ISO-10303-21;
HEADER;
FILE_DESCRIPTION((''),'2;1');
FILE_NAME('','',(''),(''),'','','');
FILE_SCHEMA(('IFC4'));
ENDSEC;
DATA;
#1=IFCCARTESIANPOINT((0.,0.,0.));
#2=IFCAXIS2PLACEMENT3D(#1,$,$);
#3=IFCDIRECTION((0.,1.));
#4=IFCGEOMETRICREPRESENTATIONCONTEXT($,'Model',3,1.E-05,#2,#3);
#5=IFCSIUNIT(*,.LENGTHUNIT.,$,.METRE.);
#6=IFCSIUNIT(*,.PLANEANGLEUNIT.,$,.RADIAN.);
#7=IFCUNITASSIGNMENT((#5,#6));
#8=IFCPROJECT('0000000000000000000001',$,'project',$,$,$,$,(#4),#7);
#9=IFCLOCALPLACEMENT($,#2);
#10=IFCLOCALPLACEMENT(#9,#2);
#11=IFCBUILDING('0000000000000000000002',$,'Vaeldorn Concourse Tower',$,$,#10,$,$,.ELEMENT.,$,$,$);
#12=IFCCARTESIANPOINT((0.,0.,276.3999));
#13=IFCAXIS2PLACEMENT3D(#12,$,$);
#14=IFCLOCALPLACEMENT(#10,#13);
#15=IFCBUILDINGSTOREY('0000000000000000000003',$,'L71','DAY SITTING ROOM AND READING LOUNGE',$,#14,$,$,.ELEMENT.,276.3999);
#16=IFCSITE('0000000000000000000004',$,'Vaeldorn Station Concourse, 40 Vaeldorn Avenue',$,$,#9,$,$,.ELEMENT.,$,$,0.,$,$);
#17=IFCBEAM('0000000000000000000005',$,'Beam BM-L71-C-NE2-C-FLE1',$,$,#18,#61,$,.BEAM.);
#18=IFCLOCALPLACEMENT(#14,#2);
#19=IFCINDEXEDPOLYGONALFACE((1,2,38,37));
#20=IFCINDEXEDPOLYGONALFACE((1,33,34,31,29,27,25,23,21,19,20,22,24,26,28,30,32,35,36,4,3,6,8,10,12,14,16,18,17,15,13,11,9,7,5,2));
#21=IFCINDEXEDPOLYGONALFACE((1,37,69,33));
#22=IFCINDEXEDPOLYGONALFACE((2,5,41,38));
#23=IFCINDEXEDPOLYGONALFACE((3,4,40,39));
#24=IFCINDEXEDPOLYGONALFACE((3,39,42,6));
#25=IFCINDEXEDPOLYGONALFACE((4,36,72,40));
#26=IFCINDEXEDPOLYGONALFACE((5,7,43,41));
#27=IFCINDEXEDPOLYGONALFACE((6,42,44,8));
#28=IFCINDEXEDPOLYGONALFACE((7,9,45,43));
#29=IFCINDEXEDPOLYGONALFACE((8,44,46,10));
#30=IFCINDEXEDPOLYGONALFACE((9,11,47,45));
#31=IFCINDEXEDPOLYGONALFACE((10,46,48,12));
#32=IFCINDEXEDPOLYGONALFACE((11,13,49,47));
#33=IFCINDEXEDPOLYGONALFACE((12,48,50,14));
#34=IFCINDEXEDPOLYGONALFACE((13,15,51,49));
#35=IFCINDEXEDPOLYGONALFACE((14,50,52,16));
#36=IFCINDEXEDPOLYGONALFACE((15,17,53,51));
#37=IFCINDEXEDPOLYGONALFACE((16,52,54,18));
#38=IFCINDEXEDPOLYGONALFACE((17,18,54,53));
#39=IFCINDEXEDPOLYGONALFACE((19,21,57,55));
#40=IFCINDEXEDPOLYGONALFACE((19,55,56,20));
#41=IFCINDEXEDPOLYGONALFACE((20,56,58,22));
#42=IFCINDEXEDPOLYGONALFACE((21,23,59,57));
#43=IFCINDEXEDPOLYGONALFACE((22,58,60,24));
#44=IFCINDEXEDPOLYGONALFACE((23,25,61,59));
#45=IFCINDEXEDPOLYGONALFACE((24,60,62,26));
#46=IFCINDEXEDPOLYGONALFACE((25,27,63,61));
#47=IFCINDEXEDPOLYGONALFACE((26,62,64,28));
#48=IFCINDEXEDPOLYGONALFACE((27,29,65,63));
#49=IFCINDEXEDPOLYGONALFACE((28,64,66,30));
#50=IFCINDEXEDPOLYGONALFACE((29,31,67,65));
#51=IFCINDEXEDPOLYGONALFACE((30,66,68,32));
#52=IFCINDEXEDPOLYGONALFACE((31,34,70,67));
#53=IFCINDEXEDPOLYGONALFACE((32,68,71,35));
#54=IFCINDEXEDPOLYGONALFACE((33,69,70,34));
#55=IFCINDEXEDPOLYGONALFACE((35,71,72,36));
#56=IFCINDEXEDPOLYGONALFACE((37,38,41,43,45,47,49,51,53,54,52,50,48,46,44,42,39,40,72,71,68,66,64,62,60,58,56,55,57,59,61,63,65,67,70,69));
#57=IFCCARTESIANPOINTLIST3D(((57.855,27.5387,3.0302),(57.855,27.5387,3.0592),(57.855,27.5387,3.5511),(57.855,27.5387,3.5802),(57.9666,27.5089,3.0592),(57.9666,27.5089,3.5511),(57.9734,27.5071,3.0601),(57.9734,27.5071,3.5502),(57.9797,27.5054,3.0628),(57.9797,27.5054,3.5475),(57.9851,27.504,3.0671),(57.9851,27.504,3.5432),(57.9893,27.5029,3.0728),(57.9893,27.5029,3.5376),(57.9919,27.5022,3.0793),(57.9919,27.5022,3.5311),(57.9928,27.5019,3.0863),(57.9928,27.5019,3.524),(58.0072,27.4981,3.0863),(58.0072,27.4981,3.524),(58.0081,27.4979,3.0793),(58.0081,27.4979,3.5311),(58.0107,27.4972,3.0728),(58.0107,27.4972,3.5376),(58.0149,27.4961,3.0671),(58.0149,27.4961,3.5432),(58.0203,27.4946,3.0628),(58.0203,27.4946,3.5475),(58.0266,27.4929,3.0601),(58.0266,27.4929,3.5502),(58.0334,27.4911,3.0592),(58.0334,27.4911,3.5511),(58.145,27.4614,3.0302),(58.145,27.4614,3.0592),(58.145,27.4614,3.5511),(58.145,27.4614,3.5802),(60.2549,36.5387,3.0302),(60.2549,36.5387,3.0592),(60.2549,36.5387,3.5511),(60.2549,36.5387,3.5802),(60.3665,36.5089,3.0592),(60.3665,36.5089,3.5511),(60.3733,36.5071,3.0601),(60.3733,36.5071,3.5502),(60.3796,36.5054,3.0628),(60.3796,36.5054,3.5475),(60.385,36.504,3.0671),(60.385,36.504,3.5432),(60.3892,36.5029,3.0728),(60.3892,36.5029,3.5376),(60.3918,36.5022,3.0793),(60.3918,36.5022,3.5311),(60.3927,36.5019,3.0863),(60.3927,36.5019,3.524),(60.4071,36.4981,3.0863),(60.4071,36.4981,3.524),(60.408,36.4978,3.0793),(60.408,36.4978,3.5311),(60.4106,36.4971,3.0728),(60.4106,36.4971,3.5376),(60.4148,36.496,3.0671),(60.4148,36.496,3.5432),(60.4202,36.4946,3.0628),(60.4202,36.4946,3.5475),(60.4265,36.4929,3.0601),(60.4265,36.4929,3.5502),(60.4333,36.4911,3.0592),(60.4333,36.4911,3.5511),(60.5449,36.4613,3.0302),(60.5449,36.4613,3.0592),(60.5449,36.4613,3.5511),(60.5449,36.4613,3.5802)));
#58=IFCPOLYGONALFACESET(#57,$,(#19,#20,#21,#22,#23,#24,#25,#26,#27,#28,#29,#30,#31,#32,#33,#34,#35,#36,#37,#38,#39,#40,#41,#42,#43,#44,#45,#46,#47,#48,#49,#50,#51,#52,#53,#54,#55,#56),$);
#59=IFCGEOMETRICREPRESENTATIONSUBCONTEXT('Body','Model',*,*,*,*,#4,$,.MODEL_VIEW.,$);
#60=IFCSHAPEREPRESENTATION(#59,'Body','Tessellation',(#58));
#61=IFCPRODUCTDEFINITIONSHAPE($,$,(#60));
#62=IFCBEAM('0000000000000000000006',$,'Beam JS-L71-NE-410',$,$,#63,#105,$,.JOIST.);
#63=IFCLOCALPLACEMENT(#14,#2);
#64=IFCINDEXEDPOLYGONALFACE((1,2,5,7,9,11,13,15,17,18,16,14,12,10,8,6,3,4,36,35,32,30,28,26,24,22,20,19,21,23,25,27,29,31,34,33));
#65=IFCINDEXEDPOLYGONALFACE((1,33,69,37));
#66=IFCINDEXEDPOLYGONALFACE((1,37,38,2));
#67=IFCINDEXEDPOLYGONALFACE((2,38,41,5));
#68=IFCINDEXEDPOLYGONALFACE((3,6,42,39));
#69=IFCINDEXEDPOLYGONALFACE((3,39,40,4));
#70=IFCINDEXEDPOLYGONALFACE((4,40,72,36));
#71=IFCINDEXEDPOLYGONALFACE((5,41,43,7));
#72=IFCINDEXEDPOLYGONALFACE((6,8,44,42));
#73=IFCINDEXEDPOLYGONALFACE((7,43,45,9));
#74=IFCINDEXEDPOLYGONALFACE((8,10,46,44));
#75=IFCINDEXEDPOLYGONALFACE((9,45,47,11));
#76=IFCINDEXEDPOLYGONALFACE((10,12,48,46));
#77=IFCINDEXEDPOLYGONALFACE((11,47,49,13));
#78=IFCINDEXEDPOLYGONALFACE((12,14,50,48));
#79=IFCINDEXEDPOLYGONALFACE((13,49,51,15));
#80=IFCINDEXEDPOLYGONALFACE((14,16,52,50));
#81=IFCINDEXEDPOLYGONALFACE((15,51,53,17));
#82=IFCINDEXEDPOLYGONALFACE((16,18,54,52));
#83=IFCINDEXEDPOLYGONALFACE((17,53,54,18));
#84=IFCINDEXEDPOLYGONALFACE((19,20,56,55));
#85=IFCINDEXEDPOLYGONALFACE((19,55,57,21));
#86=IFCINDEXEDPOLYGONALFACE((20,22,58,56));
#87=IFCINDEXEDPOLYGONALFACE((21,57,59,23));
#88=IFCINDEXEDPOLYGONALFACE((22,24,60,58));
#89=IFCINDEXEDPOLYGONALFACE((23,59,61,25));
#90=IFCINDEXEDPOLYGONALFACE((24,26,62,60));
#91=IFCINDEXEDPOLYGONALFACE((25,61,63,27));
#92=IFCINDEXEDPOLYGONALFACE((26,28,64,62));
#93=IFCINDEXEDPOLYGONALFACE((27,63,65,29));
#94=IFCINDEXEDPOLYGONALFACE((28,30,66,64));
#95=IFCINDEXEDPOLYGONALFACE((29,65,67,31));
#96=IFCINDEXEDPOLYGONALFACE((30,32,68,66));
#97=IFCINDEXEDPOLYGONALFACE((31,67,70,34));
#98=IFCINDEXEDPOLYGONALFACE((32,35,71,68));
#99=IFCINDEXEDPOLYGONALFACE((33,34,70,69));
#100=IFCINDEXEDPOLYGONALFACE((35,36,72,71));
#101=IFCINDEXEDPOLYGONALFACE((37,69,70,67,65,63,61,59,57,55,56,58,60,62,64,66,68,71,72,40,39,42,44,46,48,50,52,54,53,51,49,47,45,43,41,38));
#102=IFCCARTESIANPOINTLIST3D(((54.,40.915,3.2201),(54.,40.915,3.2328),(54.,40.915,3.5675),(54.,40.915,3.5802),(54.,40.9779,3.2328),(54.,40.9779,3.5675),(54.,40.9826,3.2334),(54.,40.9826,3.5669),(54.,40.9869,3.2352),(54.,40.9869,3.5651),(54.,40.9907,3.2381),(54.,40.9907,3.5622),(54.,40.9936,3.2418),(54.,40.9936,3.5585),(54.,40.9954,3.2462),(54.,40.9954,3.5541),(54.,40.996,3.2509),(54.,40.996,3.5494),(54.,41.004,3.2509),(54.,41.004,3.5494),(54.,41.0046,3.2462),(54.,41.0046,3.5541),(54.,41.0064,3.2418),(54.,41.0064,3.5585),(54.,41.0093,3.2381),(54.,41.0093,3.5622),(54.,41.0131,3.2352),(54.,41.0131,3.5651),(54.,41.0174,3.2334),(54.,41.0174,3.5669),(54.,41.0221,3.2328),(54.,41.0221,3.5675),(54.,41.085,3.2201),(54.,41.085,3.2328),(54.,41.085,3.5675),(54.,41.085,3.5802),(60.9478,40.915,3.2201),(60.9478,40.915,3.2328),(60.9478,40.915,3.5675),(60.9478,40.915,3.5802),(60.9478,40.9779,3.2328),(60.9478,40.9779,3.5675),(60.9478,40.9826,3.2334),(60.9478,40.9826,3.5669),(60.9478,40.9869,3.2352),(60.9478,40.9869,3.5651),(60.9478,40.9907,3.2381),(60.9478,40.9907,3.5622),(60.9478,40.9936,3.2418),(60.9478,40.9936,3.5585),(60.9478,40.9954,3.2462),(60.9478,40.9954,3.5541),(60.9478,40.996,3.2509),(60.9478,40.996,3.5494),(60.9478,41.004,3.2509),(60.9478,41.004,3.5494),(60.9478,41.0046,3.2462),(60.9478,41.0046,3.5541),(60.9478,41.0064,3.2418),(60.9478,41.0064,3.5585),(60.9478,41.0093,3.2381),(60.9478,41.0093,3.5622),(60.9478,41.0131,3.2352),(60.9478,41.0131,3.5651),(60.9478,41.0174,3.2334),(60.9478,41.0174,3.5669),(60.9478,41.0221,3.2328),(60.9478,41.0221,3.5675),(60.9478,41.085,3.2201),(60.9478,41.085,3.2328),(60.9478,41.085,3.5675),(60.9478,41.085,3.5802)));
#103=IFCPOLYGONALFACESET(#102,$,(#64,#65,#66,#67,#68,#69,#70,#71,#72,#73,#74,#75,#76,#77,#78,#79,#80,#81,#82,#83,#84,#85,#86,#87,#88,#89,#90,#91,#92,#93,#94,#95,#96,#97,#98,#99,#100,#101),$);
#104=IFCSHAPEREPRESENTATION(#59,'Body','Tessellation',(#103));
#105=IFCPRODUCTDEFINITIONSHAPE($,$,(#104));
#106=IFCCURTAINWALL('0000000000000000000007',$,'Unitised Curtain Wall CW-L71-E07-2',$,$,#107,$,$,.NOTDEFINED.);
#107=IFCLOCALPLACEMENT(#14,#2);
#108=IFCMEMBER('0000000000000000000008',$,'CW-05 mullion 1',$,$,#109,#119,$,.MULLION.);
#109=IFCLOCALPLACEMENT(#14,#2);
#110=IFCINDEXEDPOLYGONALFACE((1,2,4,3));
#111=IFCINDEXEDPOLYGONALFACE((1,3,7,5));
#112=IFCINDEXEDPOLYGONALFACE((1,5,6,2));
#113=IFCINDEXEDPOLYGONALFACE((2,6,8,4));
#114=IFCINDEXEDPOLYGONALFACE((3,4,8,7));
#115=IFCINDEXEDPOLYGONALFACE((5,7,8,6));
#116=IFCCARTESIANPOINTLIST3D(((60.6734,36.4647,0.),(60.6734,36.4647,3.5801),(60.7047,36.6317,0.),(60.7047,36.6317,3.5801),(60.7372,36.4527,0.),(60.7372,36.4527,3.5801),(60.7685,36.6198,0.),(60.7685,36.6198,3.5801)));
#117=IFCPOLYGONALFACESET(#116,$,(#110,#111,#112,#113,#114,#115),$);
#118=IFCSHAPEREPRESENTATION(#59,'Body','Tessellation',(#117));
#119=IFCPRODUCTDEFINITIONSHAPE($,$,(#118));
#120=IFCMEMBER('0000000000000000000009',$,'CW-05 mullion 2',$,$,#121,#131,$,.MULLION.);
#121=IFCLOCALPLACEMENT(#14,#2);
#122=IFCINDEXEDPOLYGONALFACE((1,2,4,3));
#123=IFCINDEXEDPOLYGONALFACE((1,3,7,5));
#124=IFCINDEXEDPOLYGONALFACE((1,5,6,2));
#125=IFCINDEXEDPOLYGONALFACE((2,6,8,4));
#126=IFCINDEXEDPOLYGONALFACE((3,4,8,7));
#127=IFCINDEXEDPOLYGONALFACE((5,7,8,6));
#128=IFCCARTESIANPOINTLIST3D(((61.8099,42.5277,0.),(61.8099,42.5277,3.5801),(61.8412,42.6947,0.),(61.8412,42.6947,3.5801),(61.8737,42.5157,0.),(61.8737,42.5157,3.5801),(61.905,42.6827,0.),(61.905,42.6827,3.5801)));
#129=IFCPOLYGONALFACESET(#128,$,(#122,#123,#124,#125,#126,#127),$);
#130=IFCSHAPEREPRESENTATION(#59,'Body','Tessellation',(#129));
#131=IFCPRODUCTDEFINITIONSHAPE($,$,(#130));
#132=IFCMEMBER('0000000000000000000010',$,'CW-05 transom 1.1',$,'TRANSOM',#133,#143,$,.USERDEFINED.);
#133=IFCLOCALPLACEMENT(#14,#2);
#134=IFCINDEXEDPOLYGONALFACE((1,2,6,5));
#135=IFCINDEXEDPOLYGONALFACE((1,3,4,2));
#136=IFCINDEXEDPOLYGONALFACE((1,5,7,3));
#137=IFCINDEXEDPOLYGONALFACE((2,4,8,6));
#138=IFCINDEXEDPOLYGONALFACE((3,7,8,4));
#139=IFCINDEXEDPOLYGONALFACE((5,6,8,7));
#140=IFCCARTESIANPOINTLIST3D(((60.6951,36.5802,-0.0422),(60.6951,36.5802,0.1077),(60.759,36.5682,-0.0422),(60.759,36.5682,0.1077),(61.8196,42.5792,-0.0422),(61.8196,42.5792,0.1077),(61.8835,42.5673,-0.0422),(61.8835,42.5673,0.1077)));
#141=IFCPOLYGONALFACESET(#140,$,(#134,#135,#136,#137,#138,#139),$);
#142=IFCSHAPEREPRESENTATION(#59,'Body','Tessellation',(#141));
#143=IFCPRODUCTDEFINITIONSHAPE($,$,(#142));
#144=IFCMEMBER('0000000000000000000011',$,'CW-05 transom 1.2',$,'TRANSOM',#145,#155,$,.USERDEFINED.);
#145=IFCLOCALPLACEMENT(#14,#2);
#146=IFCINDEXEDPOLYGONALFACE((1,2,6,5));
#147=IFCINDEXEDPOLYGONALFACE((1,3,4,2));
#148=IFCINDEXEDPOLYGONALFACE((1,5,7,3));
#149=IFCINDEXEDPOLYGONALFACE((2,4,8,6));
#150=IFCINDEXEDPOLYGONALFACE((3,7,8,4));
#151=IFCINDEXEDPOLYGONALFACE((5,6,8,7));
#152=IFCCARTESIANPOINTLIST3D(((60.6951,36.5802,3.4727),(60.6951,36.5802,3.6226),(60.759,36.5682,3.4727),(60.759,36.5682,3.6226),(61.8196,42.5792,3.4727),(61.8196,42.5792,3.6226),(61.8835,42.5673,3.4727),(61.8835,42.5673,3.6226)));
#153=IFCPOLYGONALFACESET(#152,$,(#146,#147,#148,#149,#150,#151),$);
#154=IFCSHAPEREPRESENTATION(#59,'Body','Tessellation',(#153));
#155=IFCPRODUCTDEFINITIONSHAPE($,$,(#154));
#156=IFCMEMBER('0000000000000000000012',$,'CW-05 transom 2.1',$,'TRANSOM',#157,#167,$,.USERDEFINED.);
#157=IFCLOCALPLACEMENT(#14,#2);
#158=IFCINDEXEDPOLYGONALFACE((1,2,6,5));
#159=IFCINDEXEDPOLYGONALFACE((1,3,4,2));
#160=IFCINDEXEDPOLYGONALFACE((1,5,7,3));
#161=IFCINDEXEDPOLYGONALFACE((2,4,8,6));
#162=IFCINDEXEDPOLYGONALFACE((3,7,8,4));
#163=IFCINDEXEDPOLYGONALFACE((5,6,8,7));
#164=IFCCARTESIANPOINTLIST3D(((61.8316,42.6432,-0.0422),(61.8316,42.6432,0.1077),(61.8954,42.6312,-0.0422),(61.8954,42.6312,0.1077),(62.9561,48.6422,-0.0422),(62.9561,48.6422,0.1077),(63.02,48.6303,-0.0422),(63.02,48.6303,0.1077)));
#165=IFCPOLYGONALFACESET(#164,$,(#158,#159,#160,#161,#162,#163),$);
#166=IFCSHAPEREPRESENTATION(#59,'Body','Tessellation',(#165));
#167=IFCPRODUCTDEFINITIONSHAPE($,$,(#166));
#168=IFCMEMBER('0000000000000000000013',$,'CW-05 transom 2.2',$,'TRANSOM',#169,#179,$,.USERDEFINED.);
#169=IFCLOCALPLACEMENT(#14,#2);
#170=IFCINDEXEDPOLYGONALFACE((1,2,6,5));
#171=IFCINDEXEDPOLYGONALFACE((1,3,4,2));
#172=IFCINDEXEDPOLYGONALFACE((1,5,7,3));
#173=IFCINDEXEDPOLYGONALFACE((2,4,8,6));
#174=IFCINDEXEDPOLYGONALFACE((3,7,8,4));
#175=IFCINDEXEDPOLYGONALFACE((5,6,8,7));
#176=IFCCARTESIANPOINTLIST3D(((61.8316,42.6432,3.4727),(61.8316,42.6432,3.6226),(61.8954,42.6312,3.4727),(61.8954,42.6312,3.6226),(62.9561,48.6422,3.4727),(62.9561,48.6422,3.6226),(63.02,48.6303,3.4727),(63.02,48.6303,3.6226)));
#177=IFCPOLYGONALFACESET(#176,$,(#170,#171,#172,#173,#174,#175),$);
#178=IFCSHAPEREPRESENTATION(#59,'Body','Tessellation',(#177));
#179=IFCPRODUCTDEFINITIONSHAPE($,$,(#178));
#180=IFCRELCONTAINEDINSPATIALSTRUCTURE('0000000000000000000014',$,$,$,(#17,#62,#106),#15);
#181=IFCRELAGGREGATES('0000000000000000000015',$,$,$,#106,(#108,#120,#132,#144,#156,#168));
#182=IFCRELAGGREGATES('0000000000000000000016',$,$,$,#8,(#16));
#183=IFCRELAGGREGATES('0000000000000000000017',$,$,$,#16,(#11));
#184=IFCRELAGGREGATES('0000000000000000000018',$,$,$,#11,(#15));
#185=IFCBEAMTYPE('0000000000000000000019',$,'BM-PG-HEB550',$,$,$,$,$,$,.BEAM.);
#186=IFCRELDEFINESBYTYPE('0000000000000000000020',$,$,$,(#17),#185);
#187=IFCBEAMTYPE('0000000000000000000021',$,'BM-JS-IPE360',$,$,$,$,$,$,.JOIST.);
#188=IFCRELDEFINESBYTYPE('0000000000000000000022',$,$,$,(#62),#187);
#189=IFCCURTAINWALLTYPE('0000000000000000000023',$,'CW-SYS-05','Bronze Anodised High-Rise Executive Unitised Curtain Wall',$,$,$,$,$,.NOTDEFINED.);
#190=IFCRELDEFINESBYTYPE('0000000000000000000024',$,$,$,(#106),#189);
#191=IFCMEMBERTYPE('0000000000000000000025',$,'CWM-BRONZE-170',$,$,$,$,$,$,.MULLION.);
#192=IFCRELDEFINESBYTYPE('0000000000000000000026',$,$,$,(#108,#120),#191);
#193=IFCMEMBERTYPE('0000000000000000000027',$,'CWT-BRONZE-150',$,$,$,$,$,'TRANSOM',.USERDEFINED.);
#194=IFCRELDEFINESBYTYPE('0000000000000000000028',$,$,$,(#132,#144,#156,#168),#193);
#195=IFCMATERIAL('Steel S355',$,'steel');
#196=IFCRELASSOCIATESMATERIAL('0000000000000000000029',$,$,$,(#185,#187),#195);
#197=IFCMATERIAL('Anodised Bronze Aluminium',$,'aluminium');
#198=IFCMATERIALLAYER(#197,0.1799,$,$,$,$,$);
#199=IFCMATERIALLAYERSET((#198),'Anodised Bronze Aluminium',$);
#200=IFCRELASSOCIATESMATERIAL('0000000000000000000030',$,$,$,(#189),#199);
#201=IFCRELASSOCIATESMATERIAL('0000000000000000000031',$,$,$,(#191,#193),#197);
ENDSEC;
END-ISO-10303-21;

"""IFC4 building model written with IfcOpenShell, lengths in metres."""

from ifc_helpers import new_model, si_unit, direction, frame, origin, origin_2d, place, context, subcontext, project, spatial, rectangle, i_section, extrude, source, transform, mapped, material, layer, layer_set, material_profile, profile_set, type_object, element, aggregate, save


model = new_model("IFC4")

# Units and contexts
model_context = context("Model", 3, precision=1e-05, world=origin(), true_north=direction((0.0, 1.0)))
body_context = subcontext(model_context, "Body", "Model", "MODEL_VIEW")
ifc_project = project(units=[si_unit("LENGTHUNIT", "METRE"), si_unit("PLANEANGLEUNIT", "RADIAN")], contexts=[model_context])

# Site, building, storey
site_placement = place(None, origin())
site = spatial("IfcSite", under=ifc_project, at=site_placement, Name="Vaeldorn Station Concourse, 40 Vaeldorn Avenue", CompositionType="ELEMENT", RefElevation=0.0)
building_placement = place(site_placement, origin())
building = spatial("IfcBuilding", under=site, at=building_placement, Name="Vaeldorn Concourse Tower", CompositionType="ELEMENT")
storey_placement = place(building_placement, frame((0.0, 0.0, 276.3999)))
storey = spatial("IfcBuildingStorey", under=building, at=storey_placement, Name="L71", Description="DAY SITTING ROOM AND READING LOUNGE", CompositionType="ELEMENT", Elevation=276.3999)

# Shared definitions
ifc_material_1 = material(Name="Steel S355", Category="steel")

# Beams
ifc_material_profile_1 = material_profile(ifc_material_1, i_section(OverallWidth=0.3, OverallDepth=0.55, WebThickness=0.0149, FlangeThickness=0.0291, FilletRadius=0.0271, at=origin_2d()), Name="HEB 550")
ifc_profile_set_1 = profile_set([ifc_material_profile_1], Name="Steel S355")
beam_type_1 = type_object("IfcBeamType", Name="BM-PG-HEB550", PredefinedType="BEAM", material=ifc_profile_set_1)
shared_shape_1 = source(origin(), body_context, "Body", "SweptSolid", [
    extrude(i_section(OverallWidth=0.3, OverallDepth=0.55, WebThickness=0.0149, FlangeThickness=0.0291, FilletRadius=0.0271, at=origin_2d()), origin(), (0.0, 0.0, 1.0), 9.3145),
])
beam_1_placement = place(storey_placement, frame((60.3999, 36.5, 3.3052), z_axis=(-0.257653, -0.966238, 0.0), x_axis=(0.966238, -0.257653, 0.0)))
element("IfcBeam", 1, at=beam_1_placement, inside=storey, type_object=beam_type_1, Name="Beam BM-L71-C-NE2-C-FLE1", PredefinedType="BEAM", context=body_context, shape_type="MappedRepresentation", body=[
    mapped(shared_shape_1, transform((0.0, 0.0, 0.0), scale=1.0)),
])
ifc_material_profile_2 = material_profile(ifc_material_1, i_section(OverallWidth=0.1699, OverallDepth=0.3601, WebThickness=0.0081, FlangeThickness=0.0127, FilletRadius=0.0181, at=origin_2d()), Name="IPE 360")
ifc_profile_set_2 = profile_set([ifc_material_profile_2], Name="Steel S355")
beam_type_2 = type_object("IfcBeamType", Name="BM-JS-IPE360", PredefinedType="JOIST", material=ifc_profile_set_2)
shared_shape_2 = source(origin(), body_context, "Body", "SweptSolid", [
    extrude(i_section(OverallWidth=0.1699, OverallDepth=0.3601, WebThickness=0.0081, FlangeThickness=0.0127, FilletRadius=0.0181, at=origin_2d()), origin(), (0.0, 0.0, 1.0), 6.9478),
])
beam_2_placement = place(storey_placement, frame((54.0, 41.0, 3.4001), z_axis=(1.0, 0.0, 0.0), x_axis=(0.0, 1.0, 0.0)))
element("IfcBeam", 2, at=beam_2_placement, inside=storey, type_object=beam_type_2, Name="Beam JS-L71-NE-410", PredefinedType="JOIST", context=body_context, shape_type="MappedRepresentation", body=[
    mapped(shared_shape_2, transform((0.0, 0.0, 0.0), scale=1.0)),
])

# Curtain wall, members
ifc_material_2 = material(Name="Anodised Bronze Aluminium", Category="aluminium")
ifc_layer_1 = layer(ifc_material_2, 0.1799)
ifc_layer_set_1 = layer_set([ifc_layer_1], Name="Anodised Bronze Aluminium")
curtain_wall_type = type_object("IfcCurtainWallType", Name="CW-SYS-05", Description="Bronze Anodised High-Rise Executive Unitised Curtain Wall", PredefinedType="NOTDEFINED", material=ifc_layer_set_1)
curtain_wall_placement = place(storey_placement, origin())
curtain_wall = element("IfcCurtainWall", 3, at=curtain_wall_placement, inside=storey, type_object=curtain_wall_type, Name="Unitised Curtain Wall CW-L71-E07-2", PredefinedType="NOTDEFINED")
ifc_material_profile_3 = material_profile(ifc_material_2, rectangle(XDim=0.0649, YDim=0.1699, at=origin_2d()), Name="CWM 65x170")
ifc_profile_set_3 = profile_set([ifc_material_profile_3], Name="Anodised Bronze Aluminium")
member_type_1 = type_object("IfcMemberType", Name="CWM-BRONZE-170", PredefinedType="MULLION", material=ifc_profile_set_3)
shared_shape_3 = source(origin(), body_context, "Body", "SweptSolid", [
    extrude(rectangle(XDim=0.0649, YDim=0.1699, at=origin_2d()), origin(), (0.0, 0.0, 1.0), 3.5801),
])
member_1_placement = place(storey_placement, frame((60.7209, 36.5422, 0.0), z_axis=(0.0, 0.0, 1.0), x_axis=(-0.98288, 0.184246, 0.0)))
member_1 = element("IfcMember", 4, at=member_1_placement, type_object=member_type_1, Name="CW-05 mullion 1", PredefinedType="MULLION", context=body_context, shape_type="MappedRepresentation", body=[
    mapped(shared_shape_3, transform((0.0, 0.0, 0.0), scale=1.0)),
])
member_2_placement = place(storey_placement, frame((61.8574, 42.6052, 0.0), z_axis=(0.0, 0.0, 1.0), x_axis=(-0.98288, 0.184246, 0.0)))
member_2 = element("IfcMember", 5, at=member_2_placement, type_object=member_type_1, Name="CW-05 mullion 2", PredefinedType="MULLION", context=body_context, shape_type="MappedRepresentation", body=[
    mapped(shared_shape_3, transform((0.0, 0.0, 0.0), scale=1.0)),
])
ifc_material_profile_4 = material_profile(ifc_material_2, rectangle(XDim=0.0649, YDim=0.1499, at=origin_2d()), Name="CWT 65x150")
ifc_profile_set_4 = profile_set([ifc_material_profile_4], Name="Anodised Bronze Aluminium")
member_type_2 = type_object("IfcMemberType", Name="CWT-BRONZE-150", ElementType="TRANSOM", PredefinedType="USERDEFINED", material=ifc_profile_set_4)
shared_shape_4 = source(origin(), body_context, "Body", "SweptSolid", [
    extrude(rectangle(XDim=0.0649, YDim=0.1499, at=origin_2d()), origin(), (0.0, 0.0, 1.0), 6.1035),
])
member_3_placement = place(storey_placement, frame((60.7271, 36.5742, 0.0327), z_axis=(0.18424, 0.982881, 0.0), x_axis=(-0.982881, 0.18424, 0.0)))
member_3 = element("IfcMember", 6, at=member_3_placement, type_object=member_type_2, Name="CW-05 transom 1.1", ObjectType="TRANSOM", PredefinedType="USERDEFINED", context=body_context, shape_type="MappedRepresentation", body=[
    mapped(shared_shape_4, transform((0.0, 0.0, 0.0), scale=1.0)),
])
member_4_placement = place(storey_placement, frame((60.7271, 36.5742, 3.5476), z_axis=(0.18424, 0.982881, 0.0), x_axis=(-0.982881, 0.18424, 0.0)))
member_4 = element("IfcMember", 7, at=member_4_placement, type_object=member_type_2, Name="CW-05 transom 1.2", ObjectType="TRANSOM", PredefinedType="USERDEFINED", context=body_context, shape_type="MappedRepresentation", body=[
    mapped(shared_shape_4, transform((0.0, 0.0, 0.0), scale=1.0)),
])
member_5_placement = place(storey_placement, frame((61.8635, 42.6372, 0.0327), z_axis=(0.18424, 0.982881, 0.0), x_axis=(-0.982881, 0.18424, 0.0)))
member_5 = element("IfcMember", 8, at=member_5_placement, type_object=member_type_2, Name="CW-05 transom 2.1", ObjectType="TRANSOM", PredefinedType="USERDEFINED", context=body_context, shape_type="MappedRepresentation", body=[
    mapped(shared_shape_4, transform((0.0, 0.0, 0.0), scale=1.0)),
])
member_6_placement = place(storey_placement, frame((61.8635, 42.6372, 3.5476), z_axis=(0.18424, 0.982881, 0.0), x_axis=(-0.982881, 0.18424, 0.0)))
member_6 = element("IfcMember", 9, at=member_6_placement, type_object=member_type_2, Name="CW-05 transom 2.2", ObjectType="TRANSOM", PredefinedType="USERDEFINED", context=body_context, shape_type="MappedRepresentation", body=[
    mapped(shared_shape_4, transform((0.0, 0.0, 0.0), scale=1.0)),
])
aggregate(curtain_wall, [member_1, member_2, member_3, member_4, member_5, member_6])

save(model, "model.ifc")
